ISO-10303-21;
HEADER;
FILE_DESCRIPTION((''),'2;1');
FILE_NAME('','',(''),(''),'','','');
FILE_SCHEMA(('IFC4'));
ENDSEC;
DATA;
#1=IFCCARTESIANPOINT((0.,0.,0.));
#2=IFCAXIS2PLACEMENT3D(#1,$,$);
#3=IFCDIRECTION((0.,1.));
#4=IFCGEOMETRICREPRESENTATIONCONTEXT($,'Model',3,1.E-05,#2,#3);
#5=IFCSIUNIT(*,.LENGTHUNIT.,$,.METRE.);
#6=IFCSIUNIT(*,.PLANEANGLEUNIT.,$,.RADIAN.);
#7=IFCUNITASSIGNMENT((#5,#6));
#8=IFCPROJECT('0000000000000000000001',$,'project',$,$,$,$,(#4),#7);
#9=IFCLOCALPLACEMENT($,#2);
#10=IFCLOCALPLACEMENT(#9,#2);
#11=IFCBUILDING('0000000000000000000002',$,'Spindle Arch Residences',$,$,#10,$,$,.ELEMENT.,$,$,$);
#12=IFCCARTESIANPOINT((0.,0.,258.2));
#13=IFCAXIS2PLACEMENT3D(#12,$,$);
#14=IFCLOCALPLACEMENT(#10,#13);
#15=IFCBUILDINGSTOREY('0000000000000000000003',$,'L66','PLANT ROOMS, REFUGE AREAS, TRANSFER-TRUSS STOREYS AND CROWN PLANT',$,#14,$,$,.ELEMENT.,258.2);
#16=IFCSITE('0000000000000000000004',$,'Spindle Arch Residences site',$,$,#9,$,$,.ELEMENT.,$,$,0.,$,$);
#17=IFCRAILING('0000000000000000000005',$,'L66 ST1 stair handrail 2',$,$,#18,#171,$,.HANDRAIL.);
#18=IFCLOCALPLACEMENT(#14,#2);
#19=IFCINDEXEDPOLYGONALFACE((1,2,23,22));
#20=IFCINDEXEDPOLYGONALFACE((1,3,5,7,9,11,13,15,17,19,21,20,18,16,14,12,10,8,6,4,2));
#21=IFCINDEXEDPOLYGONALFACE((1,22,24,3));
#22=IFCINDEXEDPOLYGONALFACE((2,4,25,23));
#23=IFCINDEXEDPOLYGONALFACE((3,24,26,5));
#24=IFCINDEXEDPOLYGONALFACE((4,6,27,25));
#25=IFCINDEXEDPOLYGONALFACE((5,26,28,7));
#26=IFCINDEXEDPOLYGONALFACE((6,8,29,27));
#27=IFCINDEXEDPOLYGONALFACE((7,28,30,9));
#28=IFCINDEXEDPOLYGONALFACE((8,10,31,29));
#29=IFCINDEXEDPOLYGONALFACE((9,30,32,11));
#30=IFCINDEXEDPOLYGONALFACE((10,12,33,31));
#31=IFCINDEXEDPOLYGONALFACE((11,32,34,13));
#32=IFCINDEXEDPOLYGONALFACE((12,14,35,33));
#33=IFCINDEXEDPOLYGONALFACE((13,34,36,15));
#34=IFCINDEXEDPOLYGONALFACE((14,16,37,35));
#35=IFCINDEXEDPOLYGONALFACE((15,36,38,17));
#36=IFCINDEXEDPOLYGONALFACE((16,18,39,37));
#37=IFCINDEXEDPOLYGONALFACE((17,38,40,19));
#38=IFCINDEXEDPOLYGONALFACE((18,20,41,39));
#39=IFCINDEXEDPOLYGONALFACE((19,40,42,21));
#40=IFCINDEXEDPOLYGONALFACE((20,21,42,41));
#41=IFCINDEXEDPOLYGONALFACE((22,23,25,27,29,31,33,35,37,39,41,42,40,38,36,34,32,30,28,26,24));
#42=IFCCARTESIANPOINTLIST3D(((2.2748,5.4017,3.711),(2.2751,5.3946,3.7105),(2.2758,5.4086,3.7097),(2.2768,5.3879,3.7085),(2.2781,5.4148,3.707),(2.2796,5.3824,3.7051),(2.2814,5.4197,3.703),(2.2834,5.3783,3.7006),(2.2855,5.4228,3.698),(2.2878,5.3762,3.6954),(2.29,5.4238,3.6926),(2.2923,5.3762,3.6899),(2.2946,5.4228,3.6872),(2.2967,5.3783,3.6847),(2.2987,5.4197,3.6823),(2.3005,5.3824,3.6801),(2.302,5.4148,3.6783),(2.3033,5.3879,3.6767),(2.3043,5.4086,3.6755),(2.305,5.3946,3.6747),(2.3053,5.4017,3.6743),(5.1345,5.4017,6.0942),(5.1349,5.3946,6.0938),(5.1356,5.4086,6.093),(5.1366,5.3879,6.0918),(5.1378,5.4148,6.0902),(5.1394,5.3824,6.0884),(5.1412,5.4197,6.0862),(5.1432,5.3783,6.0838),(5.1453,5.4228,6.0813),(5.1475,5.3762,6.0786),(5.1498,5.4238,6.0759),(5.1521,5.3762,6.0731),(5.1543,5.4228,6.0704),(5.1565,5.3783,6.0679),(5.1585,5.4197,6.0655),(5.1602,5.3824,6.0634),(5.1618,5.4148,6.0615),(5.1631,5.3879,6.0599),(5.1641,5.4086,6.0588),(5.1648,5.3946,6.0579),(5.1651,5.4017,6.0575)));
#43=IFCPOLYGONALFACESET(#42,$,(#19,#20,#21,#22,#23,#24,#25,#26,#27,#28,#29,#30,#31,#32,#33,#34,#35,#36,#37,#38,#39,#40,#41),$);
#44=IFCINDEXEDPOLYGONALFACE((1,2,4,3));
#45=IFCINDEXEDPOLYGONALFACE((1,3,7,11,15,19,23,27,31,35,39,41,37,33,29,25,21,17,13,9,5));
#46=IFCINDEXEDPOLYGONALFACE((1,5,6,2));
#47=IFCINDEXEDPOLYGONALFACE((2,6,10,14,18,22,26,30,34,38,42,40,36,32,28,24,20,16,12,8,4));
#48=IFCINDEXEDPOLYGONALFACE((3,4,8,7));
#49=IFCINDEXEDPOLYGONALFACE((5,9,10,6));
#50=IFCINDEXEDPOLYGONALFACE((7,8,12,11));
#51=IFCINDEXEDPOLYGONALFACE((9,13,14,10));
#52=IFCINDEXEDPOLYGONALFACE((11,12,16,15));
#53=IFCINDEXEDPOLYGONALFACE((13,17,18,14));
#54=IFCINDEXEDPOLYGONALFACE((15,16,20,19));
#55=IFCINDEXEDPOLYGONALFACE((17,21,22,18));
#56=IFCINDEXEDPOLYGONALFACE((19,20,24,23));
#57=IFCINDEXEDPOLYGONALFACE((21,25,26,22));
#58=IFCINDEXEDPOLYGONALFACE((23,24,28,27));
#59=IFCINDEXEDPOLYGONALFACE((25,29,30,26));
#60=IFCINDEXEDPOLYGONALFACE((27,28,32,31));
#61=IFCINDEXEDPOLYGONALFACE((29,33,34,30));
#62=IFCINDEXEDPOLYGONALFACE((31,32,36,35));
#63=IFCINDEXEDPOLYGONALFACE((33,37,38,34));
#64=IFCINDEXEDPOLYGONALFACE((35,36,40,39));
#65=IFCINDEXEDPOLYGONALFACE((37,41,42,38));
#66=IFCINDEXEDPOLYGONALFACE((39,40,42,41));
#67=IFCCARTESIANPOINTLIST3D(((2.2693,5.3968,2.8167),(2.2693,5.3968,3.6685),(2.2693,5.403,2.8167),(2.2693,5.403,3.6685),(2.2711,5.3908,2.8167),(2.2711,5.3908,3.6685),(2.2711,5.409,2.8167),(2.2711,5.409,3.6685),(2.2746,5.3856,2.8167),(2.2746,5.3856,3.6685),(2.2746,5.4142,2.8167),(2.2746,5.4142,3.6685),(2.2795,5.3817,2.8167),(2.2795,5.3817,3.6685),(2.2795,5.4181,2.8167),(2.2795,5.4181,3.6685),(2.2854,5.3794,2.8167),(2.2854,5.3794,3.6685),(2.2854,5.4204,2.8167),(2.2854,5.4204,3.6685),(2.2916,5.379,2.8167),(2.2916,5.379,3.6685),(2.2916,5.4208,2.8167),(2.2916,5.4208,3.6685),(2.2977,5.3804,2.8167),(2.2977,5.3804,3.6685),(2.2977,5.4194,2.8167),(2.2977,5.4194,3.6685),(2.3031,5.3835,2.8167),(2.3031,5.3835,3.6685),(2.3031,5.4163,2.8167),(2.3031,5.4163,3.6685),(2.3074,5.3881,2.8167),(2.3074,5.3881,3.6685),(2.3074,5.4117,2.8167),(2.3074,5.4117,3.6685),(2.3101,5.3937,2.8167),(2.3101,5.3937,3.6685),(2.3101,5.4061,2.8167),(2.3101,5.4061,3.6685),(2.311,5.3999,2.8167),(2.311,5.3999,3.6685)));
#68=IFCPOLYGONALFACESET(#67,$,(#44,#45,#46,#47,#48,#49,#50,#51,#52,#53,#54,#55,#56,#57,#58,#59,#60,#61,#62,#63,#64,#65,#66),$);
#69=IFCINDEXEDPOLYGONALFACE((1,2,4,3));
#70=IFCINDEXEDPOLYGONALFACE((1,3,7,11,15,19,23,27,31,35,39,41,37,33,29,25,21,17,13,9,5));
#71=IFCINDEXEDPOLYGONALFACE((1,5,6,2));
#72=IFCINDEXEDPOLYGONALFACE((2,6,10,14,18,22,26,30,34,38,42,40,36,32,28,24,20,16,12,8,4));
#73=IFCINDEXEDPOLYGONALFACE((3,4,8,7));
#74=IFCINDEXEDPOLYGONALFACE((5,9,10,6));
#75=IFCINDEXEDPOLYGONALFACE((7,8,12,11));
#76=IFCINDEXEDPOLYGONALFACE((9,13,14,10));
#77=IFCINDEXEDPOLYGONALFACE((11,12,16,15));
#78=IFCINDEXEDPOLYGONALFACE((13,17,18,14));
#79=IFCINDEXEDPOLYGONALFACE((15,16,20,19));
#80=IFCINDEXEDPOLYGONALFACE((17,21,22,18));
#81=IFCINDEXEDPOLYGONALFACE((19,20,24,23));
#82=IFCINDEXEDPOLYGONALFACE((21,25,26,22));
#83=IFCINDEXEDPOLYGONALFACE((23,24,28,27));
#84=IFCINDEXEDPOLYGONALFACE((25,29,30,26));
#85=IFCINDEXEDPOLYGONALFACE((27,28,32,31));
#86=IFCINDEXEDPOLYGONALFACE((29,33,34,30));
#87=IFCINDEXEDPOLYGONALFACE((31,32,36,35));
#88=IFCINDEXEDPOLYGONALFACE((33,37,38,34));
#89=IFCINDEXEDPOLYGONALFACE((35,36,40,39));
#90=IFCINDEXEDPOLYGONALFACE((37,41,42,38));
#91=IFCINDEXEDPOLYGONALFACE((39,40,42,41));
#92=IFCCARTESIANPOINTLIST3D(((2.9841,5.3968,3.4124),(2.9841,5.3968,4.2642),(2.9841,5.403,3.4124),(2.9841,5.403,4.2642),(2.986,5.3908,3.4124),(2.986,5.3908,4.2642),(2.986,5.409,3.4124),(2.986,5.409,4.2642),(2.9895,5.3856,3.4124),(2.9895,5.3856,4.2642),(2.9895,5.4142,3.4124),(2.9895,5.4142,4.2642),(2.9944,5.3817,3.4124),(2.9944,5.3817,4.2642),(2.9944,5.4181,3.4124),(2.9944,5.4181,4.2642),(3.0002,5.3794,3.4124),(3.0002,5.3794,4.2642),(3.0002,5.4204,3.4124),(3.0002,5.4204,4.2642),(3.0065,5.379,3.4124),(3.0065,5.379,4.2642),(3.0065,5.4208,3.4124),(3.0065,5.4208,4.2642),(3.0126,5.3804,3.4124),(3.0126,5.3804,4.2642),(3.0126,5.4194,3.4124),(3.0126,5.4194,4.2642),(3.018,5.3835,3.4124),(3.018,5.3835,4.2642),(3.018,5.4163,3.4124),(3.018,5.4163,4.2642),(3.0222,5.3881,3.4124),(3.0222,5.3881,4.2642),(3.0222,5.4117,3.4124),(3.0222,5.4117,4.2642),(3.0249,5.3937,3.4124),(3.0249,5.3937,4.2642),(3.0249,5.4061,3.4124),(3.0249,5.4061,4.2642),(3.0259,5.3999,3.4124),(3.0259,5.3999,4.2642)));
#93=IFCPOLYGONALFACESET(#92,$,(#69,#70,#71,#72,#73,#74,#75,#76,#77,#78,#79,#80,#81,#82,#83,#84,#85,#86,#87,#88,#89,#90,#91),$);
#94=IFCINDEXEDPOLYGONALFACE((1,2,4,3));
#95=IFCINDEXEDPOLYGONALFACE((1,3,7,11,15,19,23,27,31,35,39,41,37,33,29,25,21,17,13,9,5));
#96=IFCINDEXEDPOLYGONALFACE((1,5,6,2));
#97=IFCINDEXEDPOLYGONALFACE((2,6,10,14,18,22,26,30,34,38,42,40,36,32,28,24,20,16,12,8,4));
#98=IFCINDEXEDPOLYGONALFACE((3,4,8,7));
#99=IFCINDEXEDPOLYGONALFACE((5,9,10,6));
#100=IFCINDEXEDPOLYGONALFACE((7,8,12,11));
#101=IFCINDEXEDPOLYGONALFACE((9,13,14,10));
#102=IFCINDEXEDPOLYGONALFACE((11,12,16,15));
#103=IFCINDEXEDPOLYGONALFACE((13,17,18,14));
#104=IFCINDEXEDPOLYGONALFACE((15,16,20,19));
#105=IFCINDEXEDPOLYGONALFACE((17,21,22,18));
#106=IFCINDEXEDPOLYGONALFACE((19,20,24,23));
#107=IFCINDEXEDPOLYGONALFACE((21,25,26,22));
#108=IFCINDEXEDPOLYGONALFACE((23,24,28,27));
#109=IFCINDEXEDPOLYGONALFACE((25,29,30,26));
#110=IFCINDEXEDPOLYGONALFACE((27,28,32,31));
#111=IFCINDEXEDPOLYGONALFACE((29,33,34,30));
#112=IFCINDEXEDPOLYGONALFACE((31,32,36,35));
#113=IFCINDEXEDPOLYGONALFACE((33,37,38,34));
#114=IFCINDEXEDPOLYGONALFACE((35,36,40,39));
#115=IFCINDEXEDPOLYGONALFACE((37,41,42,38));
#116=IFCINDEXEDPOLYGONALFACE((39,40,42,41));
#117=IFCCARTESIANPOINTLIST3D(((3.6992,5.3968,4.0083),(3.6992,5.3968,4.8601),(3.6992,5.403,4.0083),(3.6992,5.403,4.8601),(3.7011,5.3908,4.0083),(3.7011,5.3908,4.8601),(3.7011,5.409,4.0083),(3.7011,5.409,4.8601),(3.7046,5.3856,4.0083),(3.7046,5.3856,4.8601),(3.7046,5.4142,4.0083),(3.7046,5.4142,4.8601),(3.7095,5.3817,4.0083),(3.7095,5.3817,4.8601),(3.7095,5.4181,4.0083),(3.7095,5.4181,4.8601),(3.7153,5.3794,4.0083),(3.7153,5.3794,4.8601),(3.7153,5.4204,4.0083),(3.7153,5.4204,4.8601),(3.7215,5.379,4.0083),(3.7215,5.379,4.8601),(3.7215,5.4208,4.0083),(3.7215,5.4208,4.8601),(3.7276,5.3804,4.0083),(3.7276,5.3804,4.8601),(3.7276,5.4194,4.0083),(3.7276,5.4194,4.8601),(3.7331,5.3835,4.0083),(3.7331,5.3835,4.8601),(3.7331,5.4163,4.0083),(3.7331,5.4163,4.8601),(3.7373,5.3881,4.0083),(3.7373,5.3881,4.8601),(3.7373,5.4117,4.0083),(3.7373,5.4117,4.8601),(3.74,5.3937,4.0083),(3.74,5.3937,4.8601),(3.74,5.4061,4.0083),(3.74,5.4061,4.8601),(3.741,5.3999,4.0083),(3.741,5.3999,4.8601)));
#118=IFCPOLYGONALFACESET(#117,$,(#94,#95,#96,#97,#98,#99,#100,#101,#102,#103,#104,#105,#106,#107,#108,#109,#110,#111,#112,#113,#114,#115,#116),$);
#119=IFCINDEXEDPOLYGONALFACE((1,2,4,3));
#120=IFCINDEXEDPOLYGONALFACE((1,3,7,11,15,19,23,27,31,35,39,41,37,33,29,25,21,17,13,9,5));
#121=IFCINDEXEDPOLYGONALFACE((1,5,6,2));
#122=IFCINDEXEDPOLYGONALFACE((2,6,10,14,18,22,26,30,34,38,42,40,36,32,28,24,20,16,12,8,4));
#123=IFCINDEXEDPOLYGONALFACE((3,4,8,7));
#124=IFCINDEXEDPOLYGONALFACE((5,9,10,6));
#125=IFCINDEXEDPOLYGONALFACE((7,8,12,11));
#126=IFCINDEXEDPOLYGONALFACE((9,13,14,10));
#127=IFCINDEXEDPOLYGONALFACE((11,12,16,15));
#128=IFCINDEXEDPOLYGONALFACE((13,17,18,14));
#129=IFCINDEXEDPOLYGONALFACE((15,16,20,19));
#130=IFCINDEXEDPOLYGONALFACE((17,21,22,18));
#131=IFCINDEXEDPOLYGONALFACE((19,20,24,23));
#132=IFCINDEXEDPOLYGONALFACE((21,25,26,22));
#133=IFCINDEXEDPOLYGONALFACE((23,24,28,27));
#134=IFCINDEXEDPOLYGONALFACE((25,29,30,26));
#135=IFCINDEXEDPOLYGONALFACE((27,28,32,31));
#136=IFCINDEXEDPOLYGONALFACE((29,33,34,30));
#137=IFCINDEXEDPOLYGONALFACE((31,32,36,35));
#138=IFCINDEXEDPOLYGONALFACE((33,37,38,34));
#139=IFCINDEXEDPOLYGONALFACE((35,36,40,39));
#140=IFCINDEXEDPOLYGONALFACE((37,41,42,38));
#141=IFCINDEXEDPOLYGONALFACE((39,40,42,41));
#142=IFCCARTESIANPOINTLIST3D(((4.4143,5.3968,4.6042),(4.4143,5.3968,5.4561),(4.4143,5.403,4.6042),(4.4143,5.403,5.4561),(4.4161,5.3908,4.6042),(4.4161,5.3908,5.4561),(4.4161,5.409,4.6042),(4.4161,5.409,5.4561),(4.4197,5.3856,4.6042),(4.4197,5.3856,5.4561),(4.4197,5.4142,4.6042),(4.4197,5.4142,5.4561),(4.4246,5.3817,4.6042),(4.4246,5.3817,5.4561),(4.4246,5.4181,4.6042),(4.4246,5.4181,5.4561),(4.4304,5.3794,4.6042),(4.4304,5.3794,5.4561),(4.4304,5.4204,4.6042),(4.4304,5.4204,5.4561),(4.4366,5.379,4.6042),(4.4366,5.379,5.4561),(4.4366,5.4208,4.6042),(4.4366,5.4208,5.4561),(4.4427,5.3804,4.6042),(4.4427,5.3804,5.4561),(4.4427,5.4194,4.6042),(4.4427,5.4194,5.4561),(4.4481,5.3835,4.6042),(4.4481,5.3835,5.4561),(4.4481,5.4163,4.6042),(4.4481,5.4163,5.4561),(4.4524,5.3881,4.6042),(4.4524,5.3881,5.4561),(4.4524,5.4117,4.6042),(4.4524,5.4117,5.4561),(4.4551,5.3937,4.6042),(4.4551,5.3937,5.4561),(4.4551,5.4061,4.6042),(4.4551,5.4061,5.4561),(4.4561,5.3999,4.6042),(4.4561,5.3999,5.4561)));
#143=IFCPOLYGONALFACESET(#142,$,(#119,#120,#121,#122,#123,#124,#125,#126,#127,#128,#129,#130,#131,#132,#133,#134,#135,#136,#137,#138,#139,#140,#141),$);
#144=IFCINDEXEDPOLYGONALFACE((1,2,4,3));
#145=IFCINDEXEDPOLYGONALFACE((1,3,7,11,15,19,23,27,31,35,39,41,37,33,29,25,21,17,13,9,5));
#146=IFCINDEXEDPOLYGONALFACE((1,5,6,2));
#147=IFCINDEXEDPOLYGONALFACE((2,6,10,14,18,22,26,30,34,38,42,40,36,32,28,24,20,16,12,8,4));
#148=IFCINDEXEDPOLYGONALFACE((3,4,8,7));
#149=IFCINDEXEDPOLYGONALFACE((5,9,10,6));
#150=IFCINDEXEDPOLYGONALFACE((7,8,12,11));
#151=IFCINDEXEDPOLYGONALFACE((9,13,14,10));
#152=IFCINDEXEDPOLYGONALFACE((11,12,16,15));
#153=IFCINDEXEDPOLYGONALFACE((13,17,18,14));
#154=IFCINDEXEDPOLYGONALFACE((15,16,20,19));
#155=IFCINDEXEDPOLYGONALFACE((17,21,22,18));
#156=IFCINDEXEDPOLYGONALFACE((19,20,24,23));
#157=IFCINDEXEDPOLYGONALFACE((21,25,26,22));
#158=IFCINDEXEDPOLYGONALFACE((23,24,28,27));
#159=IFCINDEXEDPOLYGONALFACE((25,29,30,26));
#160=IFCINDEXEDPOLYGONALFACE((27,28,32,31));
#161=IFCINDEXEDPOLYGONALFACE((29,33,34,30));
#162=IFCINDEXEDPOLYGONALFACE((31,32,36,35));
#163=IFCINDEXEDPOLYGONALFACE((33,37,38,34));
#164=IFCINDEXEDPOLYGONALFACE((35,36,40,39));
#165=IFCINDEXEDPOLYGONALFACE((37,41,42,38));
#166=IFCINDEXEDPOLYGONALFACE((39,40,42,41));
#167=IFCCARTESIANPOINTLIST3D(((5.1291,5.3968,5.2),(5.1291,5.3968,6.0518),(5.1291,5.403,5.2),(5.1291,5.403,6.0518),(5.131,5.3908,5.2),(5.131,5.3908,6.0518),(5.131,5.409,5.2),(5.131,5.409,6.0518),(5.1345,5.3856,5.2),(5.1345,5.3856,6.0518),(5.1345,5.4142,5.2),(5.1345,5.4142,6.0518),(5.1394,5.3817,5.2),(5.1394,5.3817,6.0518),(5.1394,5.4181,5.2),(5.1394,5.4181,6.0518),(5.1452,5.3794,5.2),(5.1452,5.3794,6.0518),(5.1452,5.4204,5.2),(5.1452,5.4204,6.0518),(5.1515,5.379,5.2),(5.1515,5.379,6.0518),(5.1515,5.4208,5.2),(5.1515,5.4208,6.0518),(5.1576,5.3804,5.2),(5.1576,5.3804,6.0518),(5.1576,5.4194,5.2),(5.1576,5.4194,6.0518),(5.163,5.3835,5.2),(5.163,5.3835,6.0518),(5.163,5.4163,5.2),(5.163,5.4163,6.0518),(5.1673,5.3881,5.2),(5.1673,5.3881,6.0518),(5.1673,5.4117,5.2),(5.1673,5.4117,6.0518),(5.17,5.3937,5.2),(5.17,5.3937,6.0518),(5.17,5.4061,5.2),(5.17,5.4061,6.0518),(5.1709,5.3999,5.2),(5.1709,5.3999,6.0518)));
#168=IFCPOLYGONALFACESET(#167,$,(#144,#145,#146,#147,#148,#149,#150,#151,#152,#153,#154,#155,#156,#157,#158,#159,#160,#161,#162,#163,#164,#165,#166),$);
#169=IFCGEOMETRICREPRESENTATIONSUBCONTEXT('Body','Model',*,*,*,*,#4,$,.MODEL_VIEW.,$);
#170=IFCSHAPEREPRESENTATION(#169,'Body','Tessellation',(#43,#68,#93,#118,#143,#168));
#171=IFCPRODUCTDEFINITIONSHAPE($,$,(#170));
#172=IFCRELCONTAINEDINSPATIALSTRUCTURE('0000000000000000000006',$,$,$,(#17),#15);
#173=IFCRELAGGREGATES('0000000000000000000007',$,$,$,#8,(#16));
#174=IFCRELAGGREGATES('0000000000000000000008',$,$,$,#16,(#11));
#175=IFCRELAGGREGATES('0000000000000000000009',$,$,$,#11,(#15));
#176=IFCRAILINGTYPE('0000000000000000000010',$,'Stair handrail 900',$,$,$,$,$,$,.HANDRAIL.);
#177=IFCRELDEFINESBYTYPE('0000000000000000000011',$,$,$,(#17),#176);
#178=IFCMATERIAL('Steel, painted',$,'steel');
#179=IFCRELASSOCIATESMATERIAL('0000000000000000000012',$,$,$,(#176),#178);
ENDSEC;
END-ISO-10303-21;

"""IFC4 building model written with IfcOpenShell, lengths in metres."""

from ifc_helpers import new_model, si_unit, direction, frame, origin, origin_2d, place, context, subcontext, project, spatial, circle, extrude, material, type_object, element, save


model = new_model("IFC4")

# Units and contexts
model_context = context("Model", 3, precision=1e-05, world=origin(), true_north=direction((0.0, 1.0)))
body_context = subcontext(model_context, "Body", "Model", "MODEL_VIEW")
ifc_project = project(units=[si_unit("LENGTHUNIT", "METRE"), si_unit("PLANEANGLEUNIT", "RADIAN")], contexts=[model_context])

# Site, building, storey
site_placement = place(None, origin())
site = spatial("IfcSite", under=ifc_project, at=site_placement, Name="Spindle Arch Residences site", CompositionType="ELEMENT", RefElevation=0.0)
building_placement = place(site_placement, origin())
building = spatial("IfcBuilding", under=site, at=building_placement, Name="Spindle Arch Residences", CompositionType="ELEMENT")
storey_placement = place(building_placement, frame((0.0, 0.0, 258.2)))
storey = spatial("IfcBuildingStorey", under=building, at=storey_placement, Name="L66", Description="PLANT ROOMS, REFUGE AREAS, TRANSFER-TRUSS STOREYS AND CROWN PLANT", CompositionType="ELEMENT", Elevation=258.2)

# Railing
ifc_material_1 = material(Name="Steel, painted", Category="steel")
railing_type_1 = type_object("IfcRailingType", Name="Stair handrail 900", PredefinedType="HANDRAIL", material=ifc_material_1)
railing_1_placement = place(storey_placement, frame((2.29, 5.3999, 2.8167)))
element("IfcRailing", 1, at=railing_1_placement, inside=storey, type_object=railing_type_1, Name="L66 ST1 stair handrail 2", PredefinedType="HANDRAIL", context=body_context, shape_type="SweptSolid", body=[
    extrude(circle(Radius=0.0239, at=origin_2d()), frame((0.0, 0.0, 0.876), z_axis=(0.768211, 0.0, 0.640197), x_axis=(0.0, 1.0, 0.0)), (0.0, 0.0, 1.0), 3.7227),
    extrude(circle(Radius=0.021, at=origin_2d()), origin(), (0.0, 0.0, 1.0), 0.8518),
    extrude(circle(Radius=0.021, at=origin_2d()), frame((0.7148, 0.0, 0.5957)), (0.0, 0.0, 1.0), 0.8518),
    extrude(circle(Radius=0.021, at=origin_2d()), frame((1.4299, 0.0, 1.1917)), (0.0, 0.0, 1.0), 0.8518),
    extrude(circle(Radius=0.021, at=origin_2d()), frame((2.145, 0.0, 1.7876)), (0.0, 0.0, 1.0), 0.8518),
    extrude(circle(Radius=0.021, at=origin_2d()), frame((2.8599, 0.0, 2.3833)), (0.0, 0.0, 1.0), 0.8518),
])

save(model, "model.ifc")
